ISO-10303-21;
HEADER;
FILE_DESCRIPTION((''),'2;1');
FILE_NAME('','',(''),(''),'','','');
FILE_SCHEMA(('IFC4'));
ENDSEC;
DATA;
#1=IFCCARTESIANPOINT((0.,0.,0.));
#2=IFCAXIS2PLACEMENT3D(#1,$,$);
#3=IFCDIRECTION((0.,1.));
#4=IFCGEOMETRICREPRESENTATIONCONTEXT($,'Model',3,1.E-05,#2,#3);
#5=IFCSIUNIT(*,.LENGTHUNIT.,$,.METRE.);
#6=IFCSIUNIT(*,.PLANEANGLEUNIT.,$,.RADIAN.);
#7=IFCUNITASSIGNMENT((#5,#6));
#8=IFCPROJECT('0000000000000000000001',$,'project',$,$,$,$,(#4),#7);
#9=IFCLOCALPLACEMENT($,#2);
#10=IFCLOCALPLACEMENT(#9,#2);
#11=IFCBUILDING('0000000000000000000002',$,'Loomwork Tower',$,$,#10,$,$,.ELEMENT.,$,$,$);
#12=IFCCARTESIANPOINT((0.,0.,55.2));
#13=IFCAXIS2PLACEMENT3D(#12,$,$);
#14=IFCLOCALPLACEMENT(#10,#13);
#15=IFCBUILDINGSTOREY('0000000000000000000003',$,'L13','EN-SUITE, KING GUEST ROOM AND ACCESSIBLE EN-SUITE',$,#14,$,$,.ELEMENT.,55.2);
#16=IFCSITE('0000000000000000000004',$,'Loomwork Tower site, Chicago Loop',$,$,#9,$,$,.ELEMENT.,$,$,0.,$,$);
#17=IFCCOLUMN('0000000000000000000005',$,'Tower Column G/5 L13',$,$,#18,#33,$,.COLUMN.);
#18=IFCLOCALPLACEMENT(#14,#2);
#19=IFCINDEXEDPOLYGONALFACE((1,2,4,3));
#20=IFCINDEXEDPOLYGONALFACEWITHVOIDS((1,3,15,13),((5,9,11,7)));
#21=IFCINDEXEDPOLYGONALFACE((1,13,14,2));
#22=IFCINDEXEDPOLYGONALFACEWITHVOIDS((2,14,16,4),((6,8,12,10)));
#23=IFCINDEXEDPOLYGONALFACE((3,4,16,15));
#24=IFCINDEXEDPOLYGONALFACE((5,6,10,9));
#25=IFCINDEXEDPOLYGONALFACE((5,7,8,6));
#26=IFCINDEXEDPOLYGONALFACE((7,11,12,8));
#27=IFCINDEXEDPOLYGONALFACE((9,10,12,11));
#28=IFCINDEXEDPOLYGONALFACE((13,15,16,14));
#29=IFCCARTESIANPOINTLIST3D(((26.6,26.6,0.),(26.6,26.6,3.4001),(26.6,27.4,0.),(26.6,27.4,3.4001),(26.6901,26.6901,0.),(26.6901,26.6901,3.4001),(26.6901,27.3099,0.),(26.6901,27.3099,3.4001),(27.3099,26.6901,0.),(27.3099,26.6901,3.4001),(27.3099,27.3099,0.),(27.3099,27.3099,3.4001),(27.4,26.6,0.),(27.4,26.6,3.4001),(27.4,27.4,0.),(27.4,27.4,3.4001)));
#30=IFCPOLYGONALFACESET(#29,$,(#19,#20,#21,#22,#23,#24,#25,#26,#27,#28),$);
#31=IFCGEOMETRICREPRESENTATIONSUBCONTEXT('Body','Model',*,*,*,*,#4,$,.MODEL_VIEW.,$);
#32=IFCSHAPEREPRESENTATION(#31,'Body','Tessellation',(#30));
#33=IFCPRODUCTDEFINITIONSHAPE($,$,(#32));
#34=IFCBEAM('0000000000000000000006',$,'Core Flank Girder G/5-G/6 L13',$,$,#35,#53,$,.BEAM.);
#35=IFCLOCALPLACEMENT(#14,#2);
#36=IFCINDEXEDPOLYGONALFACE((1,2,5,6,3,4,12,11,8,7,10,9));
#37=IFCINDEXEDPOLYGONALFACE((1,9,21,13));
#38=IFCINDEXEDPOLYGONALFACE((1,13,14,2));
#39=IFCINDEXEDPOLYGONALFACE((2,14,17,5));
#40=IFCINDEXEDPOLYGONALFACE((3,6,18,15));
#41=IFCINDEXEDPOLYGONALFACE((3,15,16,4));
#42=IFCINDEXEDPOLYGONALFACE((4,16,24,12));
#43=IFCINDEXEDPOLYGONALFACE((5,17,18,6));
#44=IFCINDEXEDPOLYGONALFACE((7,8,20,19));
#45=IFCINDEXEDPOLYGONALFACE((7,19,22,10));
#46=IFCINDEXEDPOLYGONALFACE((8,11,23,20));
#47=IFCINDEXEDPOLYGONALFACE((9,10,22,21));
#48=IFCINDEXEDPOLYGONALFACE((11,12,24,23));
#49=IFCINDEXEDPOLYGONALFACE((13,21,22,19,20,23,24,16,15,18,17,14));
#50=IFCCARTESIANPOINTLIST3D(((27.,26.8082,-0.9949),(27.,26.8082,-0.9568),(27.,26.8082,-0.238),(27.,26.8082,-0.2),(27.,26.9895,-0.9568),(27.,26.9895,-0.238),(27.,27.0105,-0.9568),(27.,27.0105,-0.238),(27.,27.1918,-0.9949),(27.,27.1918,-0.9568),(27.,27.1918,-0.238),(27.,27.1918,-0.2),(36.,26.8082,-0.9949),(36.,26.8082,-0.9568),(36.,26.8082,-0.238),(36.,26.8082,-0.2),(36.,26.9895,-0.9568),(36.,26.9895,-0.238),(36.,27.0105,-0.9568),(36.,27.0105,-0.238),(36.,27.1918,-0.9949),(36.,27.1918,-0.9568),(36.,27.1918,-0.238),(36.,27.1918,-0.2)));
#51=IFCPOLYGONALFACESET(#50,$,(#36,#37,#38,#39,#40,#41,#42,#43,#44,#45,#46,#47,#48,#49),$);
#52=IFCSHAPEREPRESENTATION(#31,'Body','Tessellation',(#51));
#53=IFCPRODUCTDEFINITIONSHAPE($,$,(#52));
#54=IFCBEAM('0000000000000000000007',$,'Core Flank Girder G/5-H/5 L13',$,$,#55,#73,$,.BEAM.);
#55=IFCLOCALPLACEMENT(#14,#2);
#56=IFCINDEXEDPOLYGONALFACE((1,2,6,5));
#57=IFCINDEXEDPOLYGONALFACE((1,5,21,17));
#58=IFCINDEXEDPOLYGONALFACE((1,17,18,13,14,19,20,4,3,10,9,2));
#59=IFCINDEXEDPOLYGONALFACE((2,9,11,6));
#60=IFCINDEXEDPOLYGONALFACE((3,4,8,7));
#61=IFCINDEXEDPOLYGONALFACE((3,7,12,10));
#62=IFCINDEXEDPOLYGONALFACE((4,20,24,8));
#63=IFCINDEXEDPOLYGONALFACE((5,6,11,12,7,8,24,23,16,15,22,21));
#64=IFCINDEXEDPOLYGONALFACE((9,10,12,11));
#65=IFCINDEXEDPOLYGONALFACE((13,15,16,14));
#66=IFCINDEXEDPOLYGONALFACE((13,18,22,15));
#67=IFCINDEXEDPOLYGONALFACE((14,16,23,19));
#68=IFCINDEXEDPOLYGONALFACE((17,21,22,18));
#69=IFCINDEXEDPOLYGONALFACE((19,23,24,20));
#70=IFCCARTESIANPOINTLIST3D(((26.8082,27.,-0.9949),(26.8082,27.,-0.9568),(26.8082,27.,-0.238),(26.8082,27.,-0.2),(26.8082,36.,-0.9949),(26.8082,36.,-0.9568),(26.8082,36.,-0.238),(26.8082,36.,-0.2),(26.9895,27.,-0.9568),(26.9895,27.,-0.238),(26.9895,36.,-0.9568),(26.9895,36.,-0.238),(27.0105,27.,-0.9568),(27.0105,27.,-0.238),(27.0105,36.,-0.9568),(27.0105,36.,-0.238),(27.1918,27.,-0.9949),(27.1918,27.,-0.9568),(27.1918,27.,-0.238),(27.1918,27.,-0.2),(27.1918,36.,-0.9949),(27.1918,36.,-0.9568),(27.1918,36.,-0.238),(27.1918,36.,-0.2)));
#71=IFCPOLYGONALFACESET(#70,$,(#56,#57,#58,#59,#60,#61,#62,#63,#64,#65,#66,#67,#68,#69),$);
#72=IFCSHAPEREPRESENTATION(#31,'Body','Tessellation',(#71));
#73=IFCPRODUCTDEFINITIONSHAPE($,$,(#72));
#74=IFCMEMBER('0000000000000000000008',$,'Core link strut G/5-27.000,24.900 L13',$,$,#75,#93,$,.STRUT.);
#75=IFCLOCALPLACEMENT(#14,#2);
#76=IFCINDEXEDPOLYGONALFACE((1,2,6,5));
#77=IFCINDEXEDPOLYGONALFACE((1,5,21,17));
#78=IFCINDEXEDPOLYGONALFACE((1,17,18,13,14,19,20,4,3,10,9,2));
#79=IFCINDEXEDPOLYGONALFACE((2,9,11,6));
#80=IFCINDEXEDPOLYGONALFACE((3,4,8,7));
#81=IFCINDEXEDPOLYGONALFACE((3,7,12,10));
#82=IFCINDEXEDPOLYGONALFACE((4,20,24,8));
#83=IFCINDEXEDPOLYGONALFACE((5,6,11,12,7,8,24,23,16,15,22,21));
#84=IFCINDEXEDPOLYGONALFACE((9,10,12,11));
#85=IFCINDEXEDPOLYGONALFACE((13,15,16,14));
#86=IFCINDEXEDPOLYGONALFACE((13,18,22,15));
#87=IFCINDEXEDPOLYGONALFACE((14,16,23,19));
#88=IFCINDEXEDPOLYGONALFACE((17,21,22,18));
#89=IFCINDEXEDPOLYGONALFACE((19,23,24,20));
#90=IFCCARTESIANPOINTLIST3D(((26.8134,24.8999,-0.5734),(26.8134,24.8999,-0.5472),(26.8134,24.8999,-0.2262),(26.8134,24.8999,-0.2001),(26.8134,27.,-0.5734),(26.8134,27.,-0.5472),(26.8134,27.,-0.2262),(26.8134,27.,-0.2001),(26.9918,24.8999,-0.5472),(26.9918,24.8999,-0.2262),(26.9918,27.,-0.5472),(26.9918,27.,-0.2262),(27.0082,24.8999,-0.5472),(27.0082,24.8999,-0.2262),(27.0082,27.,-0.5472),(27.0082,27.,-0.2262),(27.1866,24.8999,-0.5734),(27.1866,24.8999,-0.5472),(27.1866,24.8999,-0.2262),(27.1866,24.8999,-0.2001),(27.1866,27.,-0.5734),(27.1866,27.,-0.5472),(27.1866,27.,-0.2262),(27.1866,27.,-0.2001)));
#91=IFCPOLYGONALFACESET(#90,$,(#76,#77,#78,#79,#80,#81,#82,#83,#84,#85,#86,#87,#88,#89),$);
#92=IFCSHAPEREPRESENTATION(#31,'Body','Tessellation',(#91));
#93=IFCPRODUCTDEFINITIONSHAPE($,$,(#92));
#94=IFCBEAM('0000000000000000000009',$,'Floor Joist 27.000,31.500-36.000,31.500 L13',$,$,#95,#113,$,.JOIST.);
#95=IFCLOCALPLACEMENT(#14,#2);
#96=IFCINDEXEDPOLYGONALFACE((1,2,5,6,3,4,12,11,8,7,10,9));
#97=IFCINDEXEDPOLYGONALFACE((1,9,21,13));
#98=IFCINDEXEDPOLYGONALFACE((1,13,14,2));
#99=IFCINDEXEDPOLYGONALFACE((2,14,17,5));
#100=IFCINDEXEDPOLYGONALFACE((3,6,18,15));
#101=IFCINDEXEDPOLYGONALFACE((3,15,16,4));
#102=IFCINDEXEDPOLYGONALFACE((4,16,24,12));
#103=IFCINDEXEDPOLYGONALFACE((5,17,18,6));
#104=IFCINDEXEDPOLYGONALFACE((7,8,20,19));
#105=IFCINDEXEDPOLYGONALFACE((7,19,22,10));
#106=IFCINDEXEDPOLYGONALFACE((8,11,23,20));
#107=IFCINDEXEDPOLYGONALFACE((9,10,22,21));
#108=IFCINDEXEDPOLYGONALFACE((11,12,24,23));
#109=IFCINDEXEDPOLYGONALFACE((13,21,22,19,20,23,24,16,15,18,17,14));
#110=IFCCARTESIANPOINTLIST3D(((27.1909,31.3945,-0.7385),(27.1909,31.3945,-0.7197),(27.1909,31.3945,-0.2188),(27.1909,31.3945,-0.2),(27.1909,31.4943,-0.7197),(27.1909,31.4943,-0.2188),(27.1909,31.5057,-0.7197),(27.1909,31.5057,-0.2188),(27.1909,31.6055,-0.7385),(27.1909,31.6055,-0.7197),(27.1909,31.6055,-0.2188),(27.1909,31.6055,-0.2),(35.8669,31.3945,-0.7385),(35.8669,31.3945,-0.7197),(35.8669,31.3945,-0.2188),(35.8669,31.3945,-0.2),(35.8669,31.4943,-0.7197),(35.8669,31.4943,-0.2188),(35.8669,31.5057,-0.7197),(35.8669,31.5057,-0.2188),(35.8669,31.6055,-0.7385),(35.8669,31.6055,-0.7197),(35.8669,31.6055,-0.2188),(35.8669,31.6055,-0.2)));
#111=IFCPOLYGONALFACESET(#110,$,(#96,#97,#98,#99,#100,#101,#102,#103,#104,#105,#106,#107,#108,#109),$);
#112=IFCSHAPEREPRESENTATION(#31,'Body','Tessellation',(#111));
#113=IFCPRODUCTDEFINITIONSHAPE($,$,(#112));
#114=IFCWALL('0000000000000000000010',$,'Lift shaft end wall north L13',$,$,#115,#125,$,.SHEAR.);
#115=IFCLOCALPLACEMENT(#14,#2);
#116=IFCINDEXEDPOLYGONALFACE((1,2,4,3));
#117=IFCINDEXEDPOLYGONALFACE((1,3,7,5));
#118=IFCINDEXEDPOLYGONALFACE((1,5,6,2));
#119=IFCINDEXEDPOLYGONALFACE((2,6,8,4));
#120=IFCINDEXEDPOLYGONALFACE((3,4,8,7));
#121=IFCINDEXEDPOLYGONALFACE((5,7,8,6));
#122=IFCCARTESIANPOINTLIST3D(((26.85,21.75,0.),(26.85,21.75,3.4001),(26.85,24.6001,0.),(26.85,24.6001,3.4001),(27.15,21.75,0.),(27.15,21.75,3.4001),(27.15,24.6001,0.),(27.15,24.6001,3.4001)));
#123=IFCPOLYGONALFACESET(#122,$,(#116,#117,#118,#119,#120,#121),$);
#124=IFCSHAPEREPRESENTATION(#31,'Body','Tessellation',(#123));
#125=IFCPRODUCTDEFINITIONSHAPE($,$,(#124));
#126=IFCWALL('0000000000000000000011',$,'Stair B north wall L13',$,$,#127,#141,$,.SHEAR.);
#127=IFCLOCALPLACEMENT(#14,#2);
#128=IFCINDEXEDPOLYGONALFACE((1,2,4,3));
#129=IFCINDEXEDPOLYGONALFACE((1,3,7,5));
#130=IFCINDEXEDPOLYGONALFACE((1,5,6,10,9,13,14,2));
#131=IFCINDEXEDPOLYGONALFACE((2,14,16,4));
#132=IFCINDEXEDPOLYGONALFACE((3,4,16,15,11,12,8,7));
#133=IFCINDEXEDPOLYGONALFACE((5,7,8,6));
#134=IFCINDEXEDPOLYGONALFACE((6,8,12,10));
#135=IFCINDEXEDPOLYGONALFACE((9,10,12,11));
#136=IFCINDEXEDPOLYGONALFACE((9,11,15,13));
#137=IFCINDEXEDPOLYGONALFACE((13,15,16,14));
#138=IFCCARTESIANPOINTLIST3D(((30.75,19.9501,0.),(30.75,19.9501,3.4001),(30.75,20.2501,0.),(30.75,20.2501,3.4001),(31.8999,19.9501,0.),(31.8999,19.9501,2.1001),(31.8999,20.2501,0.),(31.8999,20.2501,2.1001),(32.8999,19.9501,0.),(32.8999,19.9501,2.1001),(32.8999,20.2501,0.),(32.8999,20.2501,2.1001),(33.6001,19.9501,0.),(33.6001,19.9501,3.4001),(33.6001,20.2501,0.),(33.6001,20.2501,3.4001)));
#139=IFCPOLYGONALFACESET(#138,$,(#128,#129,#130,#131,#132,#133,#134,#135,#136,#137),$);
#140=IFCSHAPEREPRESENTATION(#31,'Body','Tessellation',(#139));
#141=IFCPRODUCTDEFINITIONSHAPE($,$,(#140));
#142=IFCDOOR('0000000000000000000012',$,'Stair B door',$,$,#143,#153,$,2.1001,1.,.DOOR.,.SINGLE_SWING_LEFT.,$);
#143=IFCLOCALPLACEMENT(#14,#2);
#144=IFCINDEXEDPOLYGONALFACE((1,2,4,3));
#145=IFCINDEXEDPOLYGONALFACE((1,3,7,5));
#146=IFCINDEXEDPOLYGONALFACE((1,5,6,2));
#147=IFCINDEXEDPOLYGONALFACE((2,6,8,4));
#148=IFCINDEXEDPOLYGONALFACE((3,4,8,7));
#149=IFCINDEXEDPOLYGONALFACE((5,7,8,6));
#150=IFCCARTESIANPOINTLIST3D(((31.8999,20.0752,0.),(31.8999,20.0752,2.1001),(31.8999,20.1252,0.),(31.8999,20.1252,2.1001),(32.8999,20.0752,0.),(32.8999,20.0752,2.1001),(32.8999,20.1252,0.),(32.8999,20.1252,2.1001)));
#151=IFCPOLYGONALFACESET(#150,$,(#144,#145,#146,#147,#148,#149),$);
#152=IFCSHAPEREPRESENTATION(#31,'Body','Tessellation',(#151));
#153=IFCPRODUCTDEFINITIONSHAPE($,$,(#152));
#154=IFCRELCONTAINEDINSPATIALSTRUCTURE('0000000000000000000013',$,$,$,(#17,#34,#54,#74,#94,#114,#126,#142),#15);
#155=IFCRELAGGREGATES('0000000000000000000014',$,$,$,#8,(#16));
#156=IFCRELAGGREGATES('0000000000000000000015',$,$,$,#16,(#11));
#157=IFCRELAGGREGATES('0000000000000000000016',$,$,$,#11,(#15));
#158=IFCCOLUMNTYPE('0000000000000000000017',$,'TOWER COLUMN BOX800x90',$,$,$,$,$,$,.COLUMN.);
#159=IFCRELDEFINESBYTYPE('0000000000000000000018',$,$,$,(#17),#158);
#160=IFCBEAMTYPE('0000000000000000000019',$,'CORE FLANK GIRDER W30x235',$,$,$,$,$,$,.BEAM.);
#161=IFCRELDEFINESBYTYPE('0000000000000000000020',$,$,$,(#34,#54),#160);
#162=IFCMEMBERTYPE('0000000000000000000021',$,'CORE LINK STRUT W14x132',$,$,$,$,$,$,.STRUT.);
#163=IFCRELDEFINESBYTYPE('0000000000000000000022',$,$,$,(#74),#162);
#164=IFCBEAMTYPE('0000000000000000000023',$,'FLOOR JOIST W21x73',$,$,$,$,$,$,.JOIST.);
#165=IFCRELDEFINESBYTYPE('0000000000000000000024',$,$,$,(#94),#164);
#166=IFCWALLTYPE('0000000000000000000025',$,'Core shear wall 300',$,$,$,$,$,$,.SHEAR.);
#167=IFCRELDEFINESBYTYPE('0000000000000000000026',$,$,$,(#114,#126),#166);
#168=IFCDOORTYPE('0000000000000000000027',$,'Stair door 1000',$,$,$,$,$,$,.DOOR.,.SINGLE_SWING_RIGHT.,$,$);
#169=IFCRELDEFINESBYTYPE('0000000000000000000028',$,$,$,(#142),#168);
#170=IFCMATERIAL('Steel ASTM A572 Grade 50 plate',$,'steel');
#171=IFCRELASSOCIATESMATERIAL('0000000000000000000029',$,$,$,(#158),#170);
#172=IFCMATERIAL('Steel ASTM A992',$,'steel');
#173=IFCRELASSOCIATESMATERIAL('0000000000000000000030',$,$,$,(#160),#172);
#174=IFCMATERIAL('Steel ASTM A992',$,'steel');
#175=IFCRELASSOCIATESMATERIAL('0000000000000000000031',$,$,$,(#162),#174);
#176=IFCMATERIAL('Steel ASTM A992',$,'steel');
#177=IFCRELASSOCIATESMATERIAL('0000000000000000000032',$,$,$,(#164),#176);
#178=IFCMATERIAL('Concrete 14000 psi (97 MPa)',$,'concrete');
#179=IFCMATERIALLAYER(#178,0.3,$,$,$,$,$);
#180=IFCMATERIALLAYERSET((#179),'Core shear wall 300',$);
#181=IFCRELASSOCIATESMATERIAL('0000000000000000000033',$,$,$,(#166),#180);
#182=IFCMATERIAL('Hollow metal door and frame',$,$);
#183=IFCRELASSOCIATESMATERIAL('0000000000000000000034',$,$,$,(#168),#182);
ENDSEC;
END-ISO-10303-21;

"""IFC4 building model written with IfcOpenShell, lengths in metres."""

from ifc_helpers import new_model, si_unit, direction, frame, frame_2d, origin, origin_2d, place, context, subcontext, project, spatial, rectangle, hollow_rectangle, i_section, extrude, material, layer, layer_set, material_profile, profile_set, type_object, element, fill, save


model = new_model("IFC4")

# Units and contexts
model_context = context("Model", 3, precision=1e-05, world=origin(), true_north=direction((0.0, 1.0)))
body_context = subcontext(model_context, "Body", "Model", "MODEL_VIEW")
ifc_project = project(units=[si_unit("LENGTHUNIT", "METRE"), si_unit("PLANEANGLEUNIT", "RADIAN")], contexts=[model_context])

# Site, building, storey
site_placement = place(None, origin())
site = spatial("IfcSite", under=ifc_project, at=site_placement, Name="Loomwork Tower site, Chicago Loop", CompositionType="ELEMENT", RefElevation=0.0)
building_placement = place(site_placement, origin())
building = spatial("IfcBuilding", under=site, at=building_placement, Name="Loomwork Tower", CompositionType="ELEMENT")
storey_placement = place(building_placement, frame((0.0, 0.0, 55.2)))
storey = spatial("IfcBuildingStorey", under=building, at=storey_placement, Name="L13", Description="EN-SUITE, KING GUEST ROOM AND ACCESSIBLE EN-SUITE", CompositionType="ELEMENT", Elevation=55.2)

# Column
ifc_material_1 = material(Name="Steel ASTM A572 Grade 50 plate", Category="steel")
ifc_material_profile_1 = material_profile(ifc_material_1, hollow_rectangle(XDim=0.8, YDim=0.8, WallThickness=0.0901, at=origin_2d()), Name="BOX800x90")
ifc_profile_set_1 = profile_set([ifc_material_profile_1], Name="Steel ASTM A572 Grade 50 plate")
column_type = type_object("IfcColumnType", Name="TOWER COLUMN BOX800x90", PredefinedType="COLUMN", material=ifc_profile_set_1)
column_placement = place(storey_placement, frame((27.0, 27.0, 0.0), z_axis=(0.0, 0.0, 1.0), x_axis=(1.0, 0.0, 0.0)))
element("IfcColumn", 1, at=column_placement, inside=storey, type_object=column_type, Name="Tower Column G/5 L13", PredefinedType="COLUMN", context=body_context, shape_type="SweptSolid", body=[
    extrude(hollow_rectangle(XDim=0.8, YDim=0.8, WallThickness=0.0901, at=origin_2d()), origin(), (0.0, 0.0, 1.0), 3.4001),
])

# Beams
ifc_material_2 = material(Name="Steel ASTM A992", Category="steel")
ifc_material_profile_2 = material_profile(ifc_material_2, i_section(OverallWidth=0.3835, OverallDepth=0.7949, WebThickness=0.021, FlangeThickness=0.0381, at=origin_2d()), Name="W30x235")
ifc_profile_set_2 = profile_set([ifc_material_profile_2], Name="Steel ASTM A992")
beam_type_1 = type_object("IfcBeamType", Name="CORE FLANK GIRDER W30x235", PredefinedType="BEAM", material=ifc_profile_set_2)
for number, where, z_axis, x_axis, name in (
    (2, (27.0, 27.0, -0.5974), (1.0, 0.0, 0.0), (0.0, 1.0, 0.0), "Core Flank Girder G/5-G/6 L13"),
    (3, (27.0, 27.0, -0.5974), (0.0, 1.0, 0.0), (-1.0, 0.0, 0.0), "Core Flank Girder G/5-H/5 L13"),
):
    element("IfcBeam", number, at=place(storey_placement, frame(where, z_axis=z_axis, x_axis=x_axis)), inside=storey, type_object=beam_type_1, Name=name, PredefinedType="BEAM", context=body_context, shape_type="SweptSolid", body=[
        extrude(i_section(OverallWidth=0.3835, OverallDepth=0.7949, WebThickness=0.021, FlangeThickness=0.0381, at=origin_2d()), origin(), (0.0, 0.0, 1.0), 9.0),
    ])

# Member
ifc_material_3 = material(Name="Steel ASTM A992", Category="steel")
ifc_material_profile_3 = material_profile(ifc_material_3, i_section(OverallWidth=0.3733, OverallDepth=0.3733, WebThickness=0.0164, FlangeThickness=0.0261, at=origin_2d()), Name="W14x132")
ifc_profile_set_3 = profile_set([ifc_material_profile_3], Name="Steel ASTM A992")
member_type = type_object("IfcMemberType", Name="CORE LINK STRUT W14x132", PredefinedType="STRUT", material=ifc_profile_set_3)
member_placement = place(storey_placement, frame((27.0, 27.0, -0.3867), z_axis=(0.0, -1.0, 0.0), x_axis=(1.0, 0.0, 0.0)))
element("IfcMember", 4, at=member_placement, inside=storey, type_object=member_type, Name="Core link strut G/5-27.000,24.900 L13", PredefinedType="STRUT", context=body_context, shape_type="SweptSolid", body=[
    extrude(i_section(OverallWidth=0.3733, OverallDepth=0.3733, WebThickness=0.0164, FlangeThickness=0.0261, at=origin_2d()), origin(), (0.0, 0.0, 1.0), 2.1001),
])

# Beam
ifc_material_4 = material(Name="Steel ASTM A992", Category="steel")
ifc_material_profile_4 = material_profile(ifc_material_4, i_section(OverallWidth=0.2109, OverallDepth=0.5386, WebThickness=0.0115, FlangeThickness=0.0188, at=origin_2d()), Name="W21x73")
ifc_profile_set_4 = profile_set([ifc_material_profile_4], Name="Steel ASTM A992")
beam_type_2 = type_object("IfcBeamType", Name="FLOOR JOIST W21x73", PredefinedType="JOIST", material=ifc_profile_set_4)
beam_placement = place(storey_placement, frame((27.1909, 31.5, -0.4692), z_axis=(1.0, 0.0, 0.0), x_axis=(0.0, 1.0, 0.0)))
element("IfcBeam", 5, at=beam_placement, inside=storey, type_object=beam_type_2, Name="Floor Joist 27.000,31.500-36.000,31.500 L13", PredefinedType="JOIST", context=body_context, shape_type="SweptSolid", body=[
    extrude(i_section(OverallWidth=0.2109, OverallDepth=0.5386, WebThickness=0.0115, FlangeThickness=0.0188, at=origin_2d()), origin(), (0.0, 0.0, 1.0), 8.676),
])

# Wall
ifc_material_5 = material(Name="Concrete 14000 psi (97 MPa)", Category="concrete")
ifc_layer_1 = layer(ifc_material_5, 0.3)
ifc_layer_set_1 = layer_set([ifc_layer_1], Name="Core shear wall 300")
wall_type_1 = type_object("IfcWallType", Name="Core shear wall 300", PredefinedType="SHEAR", material=ifc_layer_set_1)
wall_1_placement = place(storey_placement, frame((27.0, 21.75, 0.0), z_axis=(0.0, 0.0, 1.0), x_axis=(0.0, 1.0, 0.0)))
element("IfcWall", 6, at=wall_1_placement, inside=storey, type_object=wall_type_1, Name="Lift shaft end wall north L13", PredefinedType="SHEAR", context=body_context, shape_type="SweptSolid", body=[
    extrude(rectangle(XDim=2.8501, YDim=0.3, at=frame_2d((1.425, 0.0))), origin(), (0.0, 0.0, 1.0), 3.4001),
])

# Wall, opening, door
wall_2_placement = place(storey_placement, frame((30.75, 20.1001, 0.0), z_axis=(0.0, 0.0, 1.0), x_axis=(1.0, 0.0, 0.0)))
wall_2 = element("IfcWall", 7, at=wall_2_placement, inside=storey, type_object=wall_type_1, Name="Stair B north wall L13", PredefinedType="SHEAR", context=body_context, shape_type="SweptSolid", body=[
    extrude(rectangle(XDim=2.8501, YDim=0.3, at=frame_2d((1.425, 0.0))), origin(), (0.0, 0.0, 1.0), 3.4001),
])
opening_1_placement = place(wall_2_placement, frame((1.1499, 0.0, 0.0)))
opening_1 = element("IfcOpeningElement", 8, at=opening_1_placement, cuts=wall_2, PredefinedType="OPENING", context=body_context, shape_type="SweptSolid", body=[
    extrude(rectangle(XDim=1.0, YDim=2.1001, at=frame_2d((0.5, 1.05))), frame((0.0, 0.1599, 0.0), z_axis=(0.0, -1.0, 0.0), x_axis=(1.0, 0.0, 0.0)), (0.0, 0.0, 1.0), 0.3201),
])
ifc_material_6 = material(Name="Hollow metal door and frame")
door_type_1 = type_object("IfcDoorType", Name="Stair door 1000", OperationType="SINGLE_SWING_RIGHT", PredefinedType="DOOR", material=ifc_material_6)
door_1_placement = place(opening_1_placement, frame((1.0, 0.0, 0.0), z_axis=(0.0, 0.0, 1.0), x_axis=(-1.0, 0.0, 0.0)))
door_1 = element("IfcDoor", 9, at=door_1_placement, inside=storey, type_object=door_type_1, Name="Stair B door", OperationType="SINGLE_SWING_LEFT", OverallHeight=2.1001, OverallWidth=1.0, PredefinedType="DOOR", context=body_context, shape_type="SweptSolid", body=[
    extrude(rectangle(XDim=1.0, YDim=2.1001, at=frame_2d((0.5, 1.05))), frame((0.0, 0.0249, 0.0), z_axis=(0.0, -1.0, 0.0), x_axis=(1.0, 0.0, 0.0)), (0.0, 0.0, 1.0), 0.05),
])
fill(opening_1, door_1)

save(model, "model.ifc")
